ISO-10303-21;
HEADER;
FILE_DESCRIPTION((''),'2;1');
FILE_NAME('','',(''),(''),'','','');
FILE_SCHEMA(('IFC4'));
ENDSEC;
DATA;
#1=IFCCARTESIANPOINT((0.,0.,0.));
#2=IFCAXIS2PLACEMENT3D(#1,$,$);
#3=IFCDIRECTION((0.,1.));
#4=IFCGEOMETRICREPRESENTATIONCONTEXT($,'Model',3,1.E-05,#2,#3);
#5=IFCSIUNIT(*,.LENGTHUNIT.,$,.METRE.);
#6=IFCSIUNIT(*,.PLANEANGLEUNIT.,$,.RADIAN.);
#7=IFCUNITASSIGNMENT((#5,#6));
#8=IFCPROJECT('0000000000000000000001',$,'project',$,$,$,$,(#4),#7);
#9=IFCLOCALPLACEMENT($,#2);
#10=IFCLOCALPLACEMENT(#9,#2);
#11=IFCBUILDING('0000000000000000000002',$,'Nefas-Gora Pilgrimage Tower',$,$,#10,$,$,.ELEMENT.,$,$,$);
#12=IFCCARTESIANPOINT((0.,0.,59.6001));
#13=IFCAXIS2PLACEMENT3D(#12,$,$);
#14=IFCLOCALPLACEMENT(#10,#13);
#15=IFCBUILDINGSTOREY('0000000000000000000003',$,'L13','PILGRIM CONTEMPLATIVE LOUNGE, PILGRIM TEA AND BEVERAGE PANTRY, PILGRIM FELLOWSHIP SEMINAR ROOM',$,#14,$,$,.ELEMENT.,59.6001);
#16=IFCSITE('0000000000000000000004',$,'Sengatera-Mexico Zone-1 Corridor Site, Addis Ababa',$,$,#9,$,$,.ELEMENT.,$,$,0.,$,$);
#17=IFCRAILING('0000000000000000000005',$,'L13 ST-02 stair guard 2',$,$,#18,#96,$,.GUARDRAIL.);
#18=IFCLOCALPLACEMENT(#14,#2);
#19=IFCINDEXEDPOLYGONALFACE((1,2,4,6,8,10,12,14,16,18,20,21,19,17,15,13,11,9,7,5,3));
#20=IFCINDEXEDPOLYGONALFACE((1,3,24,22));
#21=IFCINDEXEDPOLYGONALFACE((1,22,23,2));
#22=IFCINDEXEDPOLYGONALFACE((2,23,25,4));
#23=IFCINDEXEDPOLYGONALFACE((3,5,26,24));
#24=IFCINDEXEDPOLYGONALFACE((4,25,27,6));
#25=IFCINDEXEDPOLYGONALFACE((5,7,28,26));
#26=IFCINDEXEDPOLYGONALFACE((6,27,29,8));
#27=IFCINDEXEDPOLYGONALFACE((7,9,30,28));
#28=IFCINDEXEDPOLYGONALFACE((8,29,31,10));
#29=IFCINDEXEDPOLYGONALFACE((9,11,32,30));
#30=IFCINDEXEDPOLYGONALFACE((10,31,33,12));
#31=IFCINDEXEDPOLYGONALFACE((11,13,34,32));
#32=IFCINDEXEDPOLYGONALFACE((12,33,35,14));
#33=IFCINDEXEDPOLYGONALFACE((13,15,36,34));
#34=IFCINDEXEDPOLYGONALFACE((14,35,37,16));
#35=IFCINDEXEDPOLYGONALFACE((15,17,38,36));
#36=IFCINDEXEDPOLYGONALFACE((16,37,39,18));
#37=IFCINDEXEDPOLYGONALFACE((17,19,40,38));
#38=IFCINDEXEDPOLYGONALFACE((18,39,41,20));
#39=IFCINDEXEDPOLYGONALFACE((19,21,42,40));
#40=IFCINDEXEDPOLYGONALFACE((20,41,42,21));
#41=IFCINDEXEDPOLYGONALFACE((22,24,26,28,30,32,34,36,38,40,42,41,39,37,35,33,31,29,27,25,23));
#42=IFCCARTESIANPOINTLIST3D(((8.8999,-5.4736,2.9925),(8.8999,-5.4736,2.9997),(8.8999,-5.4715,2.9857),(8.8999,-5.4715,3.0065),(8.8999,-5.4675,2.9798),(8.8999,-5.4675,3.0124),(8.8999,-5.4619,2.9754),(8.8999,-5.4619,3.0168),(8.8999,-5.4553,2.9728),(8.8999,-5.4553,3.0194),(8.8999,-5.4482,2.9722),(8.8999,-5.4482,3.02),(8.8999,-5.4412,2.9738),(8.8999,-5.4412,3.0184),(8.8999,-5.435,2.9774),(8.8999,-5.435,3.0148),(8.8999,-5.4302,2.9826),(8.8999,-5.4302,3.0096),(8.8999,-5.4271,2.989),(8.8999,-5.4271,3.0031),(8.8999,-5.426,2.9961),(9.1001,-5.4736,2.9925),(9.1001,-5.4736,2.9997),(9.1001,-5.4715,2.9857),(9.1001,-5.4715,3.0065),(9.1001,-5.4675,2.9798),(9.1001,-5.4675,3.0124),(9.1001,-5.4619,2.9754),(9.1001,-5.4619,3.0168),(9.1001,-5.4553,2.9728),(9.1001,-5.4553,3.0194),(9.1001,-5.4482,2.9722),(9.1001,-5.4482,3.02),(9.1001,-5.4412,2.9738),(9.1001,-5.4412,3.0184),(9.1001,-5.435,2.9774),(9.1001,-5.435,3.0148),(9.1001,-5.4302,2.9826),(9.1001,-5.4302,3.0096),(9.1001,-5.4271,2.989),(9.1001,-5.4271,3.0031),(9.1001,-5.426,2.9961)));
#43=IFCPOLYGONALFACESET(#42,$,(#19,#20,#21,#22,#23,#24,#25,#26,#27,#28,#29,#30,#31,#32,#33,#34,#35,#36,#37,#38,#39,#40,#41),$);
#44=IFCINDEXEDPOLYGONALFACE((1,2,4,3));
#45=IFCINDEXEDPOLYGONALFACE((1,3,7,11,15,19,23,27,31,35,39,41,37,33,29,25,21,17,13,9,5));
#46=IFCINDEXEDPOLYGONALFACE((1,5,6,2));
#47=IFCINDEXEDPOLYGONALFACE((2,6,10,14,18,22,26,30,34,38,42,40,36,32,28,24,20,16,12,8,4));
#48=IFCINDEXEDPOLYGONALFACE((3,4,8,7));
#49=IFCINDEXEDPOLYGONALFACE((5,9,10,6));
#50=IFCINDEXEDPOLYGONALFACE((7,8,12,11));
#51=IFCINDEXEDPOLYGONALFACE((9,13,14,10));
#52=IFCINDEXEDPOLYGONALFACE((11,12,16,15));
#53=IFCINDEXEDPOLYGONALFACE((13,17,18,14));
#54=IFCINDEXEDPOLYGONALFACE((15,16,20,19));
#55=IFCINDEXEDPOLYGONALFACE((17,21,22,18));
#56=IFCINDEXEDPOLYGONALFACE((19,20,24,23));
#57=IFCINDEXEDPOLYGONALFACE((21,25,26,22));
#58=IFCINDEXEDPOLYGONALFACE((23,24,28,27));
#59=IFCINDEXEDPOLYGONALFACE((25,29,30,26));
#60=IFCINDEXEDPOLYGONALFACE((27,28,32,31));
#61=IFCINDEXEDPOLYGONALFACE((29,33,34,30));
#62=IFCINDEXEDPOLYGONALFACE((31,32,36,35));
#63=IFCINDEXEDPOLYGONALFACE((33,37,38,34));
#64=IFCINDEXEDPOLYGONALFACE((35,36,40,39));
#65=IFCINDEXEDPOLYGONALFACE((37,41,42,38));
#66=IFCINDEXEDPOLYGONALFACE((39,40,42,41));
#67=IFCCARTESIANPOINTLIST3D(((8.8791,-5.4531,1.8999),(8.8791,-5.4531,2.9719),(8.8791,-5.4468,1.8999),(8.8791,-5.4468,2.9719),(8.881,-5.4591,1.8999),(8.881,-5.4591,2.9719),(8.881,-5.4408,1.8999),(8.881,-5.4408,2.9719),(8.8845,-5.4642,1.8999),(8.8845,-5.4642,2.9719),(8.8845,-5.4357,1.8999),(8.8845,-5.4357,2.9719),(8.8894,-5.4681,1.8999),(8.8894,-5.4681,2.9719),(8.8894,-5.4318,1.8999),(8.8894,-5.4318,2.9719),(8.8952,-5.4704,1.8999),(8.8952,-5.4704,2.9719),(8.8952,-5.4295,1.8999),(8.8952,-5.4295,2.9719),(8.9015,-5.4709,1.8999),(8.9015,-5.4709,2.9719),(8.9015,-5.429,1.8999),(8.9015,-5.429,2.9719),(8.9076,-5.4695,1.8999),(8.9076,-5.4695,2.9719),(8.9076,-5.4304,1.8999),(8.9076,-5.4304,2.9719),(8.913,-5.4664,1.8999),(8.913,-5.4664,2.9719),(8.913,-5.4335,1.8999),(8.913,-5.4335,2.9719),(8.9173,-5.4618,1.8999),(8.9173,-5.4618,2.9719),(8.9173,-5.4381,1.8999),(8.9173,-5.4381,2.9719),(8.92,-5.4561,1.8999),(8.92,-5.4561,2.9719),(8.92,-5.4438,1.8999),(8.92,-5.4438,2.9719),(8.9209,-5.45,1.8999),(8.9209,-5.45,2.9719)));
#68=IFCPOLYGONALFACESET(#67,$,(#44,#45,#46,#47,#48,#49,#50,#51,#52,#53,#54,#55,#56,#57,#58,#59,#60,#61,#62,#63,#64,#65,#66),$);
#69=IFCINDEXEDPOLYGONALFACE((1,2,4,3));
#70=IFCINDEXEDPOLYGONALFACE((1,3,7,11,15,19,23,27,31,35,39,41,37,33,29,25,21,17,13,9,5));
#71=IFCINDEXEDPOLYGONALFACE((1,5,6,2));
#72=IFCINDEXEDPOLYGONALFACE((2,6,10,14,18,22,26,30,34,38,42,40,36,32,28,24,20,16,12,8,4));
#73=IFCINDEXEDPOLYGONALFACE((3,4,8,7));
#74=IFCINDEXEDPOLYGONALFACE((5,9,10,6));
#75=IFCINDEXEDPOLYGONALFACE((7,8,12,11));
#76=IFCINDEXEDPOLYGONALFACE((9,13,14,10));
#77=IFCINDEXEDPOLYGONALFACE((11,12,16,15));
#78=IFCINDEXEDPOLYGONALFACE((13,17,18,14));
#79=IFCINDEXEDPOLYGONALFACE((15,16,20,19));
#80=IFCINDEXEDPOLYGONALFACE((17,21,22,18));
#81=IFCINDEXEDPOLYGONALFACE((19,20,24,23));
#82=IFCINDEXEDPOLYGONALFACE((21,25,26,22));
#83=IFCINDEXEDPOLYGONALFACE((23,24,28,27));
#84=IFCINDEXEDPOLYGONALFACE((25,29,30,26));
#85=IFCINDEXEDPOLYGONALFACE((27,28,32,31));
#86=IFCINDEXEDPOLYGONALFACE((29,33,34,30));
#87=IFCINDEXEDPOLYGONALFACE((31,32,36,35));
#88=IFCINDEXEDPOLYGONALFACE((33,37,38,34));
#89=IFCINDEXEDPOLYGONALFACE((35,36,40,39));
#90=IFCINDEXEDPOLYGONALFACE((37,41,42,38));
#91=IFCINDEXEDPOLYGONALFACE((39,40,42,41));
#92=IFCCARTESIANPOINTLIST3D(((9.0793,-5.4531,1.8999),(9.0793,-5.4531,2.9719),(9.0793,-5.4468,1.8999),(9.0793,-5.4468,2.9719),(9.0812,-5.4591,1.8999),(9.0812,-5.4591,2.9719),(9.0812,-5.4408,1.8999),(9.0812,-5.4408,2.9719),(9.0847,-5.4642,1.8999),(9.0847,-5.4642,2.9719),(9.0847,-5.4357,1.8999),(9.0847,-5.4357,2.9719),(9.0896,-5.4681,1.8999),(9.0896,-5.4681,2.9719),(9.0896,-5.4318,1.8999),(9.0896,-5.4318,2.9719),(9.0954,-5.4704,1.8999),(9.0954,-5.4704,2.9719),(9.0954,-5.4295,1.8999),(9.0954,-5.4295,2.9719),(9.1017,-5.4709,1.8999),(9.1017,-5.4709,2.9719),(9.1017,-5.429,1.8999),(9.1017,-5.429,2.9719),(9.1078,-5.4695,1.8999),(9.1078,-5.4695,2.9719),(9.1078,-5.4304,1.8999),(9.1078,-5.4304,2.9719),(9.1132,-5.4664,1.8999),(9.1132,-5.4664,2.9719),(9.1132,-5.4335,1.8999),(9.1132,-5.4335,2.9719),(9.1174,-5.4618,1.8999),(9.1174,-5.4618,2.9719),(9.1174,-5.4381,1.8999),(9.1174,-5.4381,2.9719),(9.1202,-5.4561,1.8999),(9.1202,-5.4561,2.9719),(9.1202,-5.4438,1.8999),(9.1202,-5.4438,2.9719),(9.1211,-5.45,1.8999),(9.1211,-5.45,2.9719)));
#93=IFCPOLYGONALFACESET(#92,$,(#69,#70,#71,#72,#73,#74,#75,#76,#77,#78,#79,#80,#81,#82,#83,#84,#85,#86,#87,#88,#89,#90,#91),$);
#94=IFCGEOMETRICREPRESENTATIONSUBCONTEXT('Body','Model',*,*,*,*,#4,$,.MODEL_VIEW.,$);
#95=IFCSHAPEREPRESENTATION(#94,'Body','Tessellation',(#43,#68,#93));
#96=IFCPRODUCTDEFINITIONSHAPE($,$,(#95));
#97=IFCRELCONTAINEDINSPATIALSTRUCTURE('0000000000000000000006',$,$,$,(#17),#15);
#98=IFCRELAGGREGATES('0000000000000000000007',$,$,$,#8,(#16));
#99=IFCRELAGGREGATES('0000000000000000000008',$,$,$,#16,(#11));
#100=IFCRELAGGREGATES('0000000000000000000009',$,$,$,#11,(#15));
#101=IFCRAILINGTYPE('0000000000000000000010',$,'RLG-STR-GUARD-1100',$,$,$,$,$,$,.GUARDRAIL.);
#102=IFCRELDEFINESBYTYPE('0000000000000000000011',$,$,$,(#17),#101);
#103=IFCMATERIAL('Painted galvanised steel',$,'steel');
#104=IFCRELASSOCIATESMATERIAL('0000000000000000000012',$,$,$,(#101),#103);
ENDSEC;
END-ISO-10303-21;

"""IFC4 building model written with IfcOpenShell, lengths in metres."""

from ifc_helpers import new_model, si_unit, direction, frame, origin, origin_2d, place, context, subcontext, project, spatial, circle, extrude, material, type_object, element, save


model = new_model("IFC4")

# Units and contexts
model_context = context("Model", 3, precision=1e-05, world=origin(), true_north=direction((0.0, 1.0)))
body_context = subcontext(model_context, "Body", "Model", "MODEL_VIEW")
ifc_project = project(units=[si_unit("LENGTHUNIT", "METRE"), si_unit("PLANEANGLEUNIT", "RADIAN")], contexts=[model_context])

# Site, building, storey
site_placement = place(None, origin())
site = spatial("IfcSite", under=ifc_project, at=site_placement, Name="Sengatera-Mexico Zone-1 Corridor Site, Addis Ababa", CompositionType="ELEMENT", RefElevation=0.0)
building_placement = place(site_placement, origin())
building = spatial("IfcBuilding", under=site, at=building_placement, Name="Nefas-Gora Pilgrimage Tower", CompositionType="ELEMENT")
storey_placement = place(building_placement, frame((0.0, 0.0, 59.6001)))
storey = spatial("IfcBuildingStorey", under=building, at=storey_placement, Name="L13", Description="PILGRIM CONTEMPLATIVE LOUNGE, PILGRIM TEA AND BEVERAGE PANTRY, PILGRIM FELLOWSHIP SEMINAR ROOM", CompositionType="ELEMENT", Elevation=59.6001)

# Railing
ifc_material_1 = material(Name="Painted galvanised steel", Category="steel")
railing_type_1 = type_object("IfcRailingType", Name="RLG-STR-GUARD-1100", PredefinedType="GUARDRAIL", material=ifc_material_1)
railing_1_placement = place(storey_placement, frame((8.8999, -5.45, 1.8999)))
element("IfcRailing", 1, at=railing_1_placement, inside=storey, type_object=railing_type_1, Name="L13 ST-02 stair guard 2", PredefinedType="GUARDRAIL", context=body_context, shape_type="SweptSolid", body=[
    extrude(circle(Radius=0.0239, at=origin_2d()), frame((0.0, 0.0, 1.0962), z_axis=(1.0, 0.0, 0.0), x_axis=(0.0, 1.0, 0.0)), (0.0, 0.0, 1.0), 0.2002),
    extrude(circle(Radius=0.021, at=origin_2d()), origin(), (0.0, 0.0, 1.0), 1.072),
    extrude(circle(Radius=0.021, at=origin_2d()), frame((0.2002, 0.0, 0.0)), (0.0, 0.0, 1.0), 1.072),
])

save(model, "model.ifc")
